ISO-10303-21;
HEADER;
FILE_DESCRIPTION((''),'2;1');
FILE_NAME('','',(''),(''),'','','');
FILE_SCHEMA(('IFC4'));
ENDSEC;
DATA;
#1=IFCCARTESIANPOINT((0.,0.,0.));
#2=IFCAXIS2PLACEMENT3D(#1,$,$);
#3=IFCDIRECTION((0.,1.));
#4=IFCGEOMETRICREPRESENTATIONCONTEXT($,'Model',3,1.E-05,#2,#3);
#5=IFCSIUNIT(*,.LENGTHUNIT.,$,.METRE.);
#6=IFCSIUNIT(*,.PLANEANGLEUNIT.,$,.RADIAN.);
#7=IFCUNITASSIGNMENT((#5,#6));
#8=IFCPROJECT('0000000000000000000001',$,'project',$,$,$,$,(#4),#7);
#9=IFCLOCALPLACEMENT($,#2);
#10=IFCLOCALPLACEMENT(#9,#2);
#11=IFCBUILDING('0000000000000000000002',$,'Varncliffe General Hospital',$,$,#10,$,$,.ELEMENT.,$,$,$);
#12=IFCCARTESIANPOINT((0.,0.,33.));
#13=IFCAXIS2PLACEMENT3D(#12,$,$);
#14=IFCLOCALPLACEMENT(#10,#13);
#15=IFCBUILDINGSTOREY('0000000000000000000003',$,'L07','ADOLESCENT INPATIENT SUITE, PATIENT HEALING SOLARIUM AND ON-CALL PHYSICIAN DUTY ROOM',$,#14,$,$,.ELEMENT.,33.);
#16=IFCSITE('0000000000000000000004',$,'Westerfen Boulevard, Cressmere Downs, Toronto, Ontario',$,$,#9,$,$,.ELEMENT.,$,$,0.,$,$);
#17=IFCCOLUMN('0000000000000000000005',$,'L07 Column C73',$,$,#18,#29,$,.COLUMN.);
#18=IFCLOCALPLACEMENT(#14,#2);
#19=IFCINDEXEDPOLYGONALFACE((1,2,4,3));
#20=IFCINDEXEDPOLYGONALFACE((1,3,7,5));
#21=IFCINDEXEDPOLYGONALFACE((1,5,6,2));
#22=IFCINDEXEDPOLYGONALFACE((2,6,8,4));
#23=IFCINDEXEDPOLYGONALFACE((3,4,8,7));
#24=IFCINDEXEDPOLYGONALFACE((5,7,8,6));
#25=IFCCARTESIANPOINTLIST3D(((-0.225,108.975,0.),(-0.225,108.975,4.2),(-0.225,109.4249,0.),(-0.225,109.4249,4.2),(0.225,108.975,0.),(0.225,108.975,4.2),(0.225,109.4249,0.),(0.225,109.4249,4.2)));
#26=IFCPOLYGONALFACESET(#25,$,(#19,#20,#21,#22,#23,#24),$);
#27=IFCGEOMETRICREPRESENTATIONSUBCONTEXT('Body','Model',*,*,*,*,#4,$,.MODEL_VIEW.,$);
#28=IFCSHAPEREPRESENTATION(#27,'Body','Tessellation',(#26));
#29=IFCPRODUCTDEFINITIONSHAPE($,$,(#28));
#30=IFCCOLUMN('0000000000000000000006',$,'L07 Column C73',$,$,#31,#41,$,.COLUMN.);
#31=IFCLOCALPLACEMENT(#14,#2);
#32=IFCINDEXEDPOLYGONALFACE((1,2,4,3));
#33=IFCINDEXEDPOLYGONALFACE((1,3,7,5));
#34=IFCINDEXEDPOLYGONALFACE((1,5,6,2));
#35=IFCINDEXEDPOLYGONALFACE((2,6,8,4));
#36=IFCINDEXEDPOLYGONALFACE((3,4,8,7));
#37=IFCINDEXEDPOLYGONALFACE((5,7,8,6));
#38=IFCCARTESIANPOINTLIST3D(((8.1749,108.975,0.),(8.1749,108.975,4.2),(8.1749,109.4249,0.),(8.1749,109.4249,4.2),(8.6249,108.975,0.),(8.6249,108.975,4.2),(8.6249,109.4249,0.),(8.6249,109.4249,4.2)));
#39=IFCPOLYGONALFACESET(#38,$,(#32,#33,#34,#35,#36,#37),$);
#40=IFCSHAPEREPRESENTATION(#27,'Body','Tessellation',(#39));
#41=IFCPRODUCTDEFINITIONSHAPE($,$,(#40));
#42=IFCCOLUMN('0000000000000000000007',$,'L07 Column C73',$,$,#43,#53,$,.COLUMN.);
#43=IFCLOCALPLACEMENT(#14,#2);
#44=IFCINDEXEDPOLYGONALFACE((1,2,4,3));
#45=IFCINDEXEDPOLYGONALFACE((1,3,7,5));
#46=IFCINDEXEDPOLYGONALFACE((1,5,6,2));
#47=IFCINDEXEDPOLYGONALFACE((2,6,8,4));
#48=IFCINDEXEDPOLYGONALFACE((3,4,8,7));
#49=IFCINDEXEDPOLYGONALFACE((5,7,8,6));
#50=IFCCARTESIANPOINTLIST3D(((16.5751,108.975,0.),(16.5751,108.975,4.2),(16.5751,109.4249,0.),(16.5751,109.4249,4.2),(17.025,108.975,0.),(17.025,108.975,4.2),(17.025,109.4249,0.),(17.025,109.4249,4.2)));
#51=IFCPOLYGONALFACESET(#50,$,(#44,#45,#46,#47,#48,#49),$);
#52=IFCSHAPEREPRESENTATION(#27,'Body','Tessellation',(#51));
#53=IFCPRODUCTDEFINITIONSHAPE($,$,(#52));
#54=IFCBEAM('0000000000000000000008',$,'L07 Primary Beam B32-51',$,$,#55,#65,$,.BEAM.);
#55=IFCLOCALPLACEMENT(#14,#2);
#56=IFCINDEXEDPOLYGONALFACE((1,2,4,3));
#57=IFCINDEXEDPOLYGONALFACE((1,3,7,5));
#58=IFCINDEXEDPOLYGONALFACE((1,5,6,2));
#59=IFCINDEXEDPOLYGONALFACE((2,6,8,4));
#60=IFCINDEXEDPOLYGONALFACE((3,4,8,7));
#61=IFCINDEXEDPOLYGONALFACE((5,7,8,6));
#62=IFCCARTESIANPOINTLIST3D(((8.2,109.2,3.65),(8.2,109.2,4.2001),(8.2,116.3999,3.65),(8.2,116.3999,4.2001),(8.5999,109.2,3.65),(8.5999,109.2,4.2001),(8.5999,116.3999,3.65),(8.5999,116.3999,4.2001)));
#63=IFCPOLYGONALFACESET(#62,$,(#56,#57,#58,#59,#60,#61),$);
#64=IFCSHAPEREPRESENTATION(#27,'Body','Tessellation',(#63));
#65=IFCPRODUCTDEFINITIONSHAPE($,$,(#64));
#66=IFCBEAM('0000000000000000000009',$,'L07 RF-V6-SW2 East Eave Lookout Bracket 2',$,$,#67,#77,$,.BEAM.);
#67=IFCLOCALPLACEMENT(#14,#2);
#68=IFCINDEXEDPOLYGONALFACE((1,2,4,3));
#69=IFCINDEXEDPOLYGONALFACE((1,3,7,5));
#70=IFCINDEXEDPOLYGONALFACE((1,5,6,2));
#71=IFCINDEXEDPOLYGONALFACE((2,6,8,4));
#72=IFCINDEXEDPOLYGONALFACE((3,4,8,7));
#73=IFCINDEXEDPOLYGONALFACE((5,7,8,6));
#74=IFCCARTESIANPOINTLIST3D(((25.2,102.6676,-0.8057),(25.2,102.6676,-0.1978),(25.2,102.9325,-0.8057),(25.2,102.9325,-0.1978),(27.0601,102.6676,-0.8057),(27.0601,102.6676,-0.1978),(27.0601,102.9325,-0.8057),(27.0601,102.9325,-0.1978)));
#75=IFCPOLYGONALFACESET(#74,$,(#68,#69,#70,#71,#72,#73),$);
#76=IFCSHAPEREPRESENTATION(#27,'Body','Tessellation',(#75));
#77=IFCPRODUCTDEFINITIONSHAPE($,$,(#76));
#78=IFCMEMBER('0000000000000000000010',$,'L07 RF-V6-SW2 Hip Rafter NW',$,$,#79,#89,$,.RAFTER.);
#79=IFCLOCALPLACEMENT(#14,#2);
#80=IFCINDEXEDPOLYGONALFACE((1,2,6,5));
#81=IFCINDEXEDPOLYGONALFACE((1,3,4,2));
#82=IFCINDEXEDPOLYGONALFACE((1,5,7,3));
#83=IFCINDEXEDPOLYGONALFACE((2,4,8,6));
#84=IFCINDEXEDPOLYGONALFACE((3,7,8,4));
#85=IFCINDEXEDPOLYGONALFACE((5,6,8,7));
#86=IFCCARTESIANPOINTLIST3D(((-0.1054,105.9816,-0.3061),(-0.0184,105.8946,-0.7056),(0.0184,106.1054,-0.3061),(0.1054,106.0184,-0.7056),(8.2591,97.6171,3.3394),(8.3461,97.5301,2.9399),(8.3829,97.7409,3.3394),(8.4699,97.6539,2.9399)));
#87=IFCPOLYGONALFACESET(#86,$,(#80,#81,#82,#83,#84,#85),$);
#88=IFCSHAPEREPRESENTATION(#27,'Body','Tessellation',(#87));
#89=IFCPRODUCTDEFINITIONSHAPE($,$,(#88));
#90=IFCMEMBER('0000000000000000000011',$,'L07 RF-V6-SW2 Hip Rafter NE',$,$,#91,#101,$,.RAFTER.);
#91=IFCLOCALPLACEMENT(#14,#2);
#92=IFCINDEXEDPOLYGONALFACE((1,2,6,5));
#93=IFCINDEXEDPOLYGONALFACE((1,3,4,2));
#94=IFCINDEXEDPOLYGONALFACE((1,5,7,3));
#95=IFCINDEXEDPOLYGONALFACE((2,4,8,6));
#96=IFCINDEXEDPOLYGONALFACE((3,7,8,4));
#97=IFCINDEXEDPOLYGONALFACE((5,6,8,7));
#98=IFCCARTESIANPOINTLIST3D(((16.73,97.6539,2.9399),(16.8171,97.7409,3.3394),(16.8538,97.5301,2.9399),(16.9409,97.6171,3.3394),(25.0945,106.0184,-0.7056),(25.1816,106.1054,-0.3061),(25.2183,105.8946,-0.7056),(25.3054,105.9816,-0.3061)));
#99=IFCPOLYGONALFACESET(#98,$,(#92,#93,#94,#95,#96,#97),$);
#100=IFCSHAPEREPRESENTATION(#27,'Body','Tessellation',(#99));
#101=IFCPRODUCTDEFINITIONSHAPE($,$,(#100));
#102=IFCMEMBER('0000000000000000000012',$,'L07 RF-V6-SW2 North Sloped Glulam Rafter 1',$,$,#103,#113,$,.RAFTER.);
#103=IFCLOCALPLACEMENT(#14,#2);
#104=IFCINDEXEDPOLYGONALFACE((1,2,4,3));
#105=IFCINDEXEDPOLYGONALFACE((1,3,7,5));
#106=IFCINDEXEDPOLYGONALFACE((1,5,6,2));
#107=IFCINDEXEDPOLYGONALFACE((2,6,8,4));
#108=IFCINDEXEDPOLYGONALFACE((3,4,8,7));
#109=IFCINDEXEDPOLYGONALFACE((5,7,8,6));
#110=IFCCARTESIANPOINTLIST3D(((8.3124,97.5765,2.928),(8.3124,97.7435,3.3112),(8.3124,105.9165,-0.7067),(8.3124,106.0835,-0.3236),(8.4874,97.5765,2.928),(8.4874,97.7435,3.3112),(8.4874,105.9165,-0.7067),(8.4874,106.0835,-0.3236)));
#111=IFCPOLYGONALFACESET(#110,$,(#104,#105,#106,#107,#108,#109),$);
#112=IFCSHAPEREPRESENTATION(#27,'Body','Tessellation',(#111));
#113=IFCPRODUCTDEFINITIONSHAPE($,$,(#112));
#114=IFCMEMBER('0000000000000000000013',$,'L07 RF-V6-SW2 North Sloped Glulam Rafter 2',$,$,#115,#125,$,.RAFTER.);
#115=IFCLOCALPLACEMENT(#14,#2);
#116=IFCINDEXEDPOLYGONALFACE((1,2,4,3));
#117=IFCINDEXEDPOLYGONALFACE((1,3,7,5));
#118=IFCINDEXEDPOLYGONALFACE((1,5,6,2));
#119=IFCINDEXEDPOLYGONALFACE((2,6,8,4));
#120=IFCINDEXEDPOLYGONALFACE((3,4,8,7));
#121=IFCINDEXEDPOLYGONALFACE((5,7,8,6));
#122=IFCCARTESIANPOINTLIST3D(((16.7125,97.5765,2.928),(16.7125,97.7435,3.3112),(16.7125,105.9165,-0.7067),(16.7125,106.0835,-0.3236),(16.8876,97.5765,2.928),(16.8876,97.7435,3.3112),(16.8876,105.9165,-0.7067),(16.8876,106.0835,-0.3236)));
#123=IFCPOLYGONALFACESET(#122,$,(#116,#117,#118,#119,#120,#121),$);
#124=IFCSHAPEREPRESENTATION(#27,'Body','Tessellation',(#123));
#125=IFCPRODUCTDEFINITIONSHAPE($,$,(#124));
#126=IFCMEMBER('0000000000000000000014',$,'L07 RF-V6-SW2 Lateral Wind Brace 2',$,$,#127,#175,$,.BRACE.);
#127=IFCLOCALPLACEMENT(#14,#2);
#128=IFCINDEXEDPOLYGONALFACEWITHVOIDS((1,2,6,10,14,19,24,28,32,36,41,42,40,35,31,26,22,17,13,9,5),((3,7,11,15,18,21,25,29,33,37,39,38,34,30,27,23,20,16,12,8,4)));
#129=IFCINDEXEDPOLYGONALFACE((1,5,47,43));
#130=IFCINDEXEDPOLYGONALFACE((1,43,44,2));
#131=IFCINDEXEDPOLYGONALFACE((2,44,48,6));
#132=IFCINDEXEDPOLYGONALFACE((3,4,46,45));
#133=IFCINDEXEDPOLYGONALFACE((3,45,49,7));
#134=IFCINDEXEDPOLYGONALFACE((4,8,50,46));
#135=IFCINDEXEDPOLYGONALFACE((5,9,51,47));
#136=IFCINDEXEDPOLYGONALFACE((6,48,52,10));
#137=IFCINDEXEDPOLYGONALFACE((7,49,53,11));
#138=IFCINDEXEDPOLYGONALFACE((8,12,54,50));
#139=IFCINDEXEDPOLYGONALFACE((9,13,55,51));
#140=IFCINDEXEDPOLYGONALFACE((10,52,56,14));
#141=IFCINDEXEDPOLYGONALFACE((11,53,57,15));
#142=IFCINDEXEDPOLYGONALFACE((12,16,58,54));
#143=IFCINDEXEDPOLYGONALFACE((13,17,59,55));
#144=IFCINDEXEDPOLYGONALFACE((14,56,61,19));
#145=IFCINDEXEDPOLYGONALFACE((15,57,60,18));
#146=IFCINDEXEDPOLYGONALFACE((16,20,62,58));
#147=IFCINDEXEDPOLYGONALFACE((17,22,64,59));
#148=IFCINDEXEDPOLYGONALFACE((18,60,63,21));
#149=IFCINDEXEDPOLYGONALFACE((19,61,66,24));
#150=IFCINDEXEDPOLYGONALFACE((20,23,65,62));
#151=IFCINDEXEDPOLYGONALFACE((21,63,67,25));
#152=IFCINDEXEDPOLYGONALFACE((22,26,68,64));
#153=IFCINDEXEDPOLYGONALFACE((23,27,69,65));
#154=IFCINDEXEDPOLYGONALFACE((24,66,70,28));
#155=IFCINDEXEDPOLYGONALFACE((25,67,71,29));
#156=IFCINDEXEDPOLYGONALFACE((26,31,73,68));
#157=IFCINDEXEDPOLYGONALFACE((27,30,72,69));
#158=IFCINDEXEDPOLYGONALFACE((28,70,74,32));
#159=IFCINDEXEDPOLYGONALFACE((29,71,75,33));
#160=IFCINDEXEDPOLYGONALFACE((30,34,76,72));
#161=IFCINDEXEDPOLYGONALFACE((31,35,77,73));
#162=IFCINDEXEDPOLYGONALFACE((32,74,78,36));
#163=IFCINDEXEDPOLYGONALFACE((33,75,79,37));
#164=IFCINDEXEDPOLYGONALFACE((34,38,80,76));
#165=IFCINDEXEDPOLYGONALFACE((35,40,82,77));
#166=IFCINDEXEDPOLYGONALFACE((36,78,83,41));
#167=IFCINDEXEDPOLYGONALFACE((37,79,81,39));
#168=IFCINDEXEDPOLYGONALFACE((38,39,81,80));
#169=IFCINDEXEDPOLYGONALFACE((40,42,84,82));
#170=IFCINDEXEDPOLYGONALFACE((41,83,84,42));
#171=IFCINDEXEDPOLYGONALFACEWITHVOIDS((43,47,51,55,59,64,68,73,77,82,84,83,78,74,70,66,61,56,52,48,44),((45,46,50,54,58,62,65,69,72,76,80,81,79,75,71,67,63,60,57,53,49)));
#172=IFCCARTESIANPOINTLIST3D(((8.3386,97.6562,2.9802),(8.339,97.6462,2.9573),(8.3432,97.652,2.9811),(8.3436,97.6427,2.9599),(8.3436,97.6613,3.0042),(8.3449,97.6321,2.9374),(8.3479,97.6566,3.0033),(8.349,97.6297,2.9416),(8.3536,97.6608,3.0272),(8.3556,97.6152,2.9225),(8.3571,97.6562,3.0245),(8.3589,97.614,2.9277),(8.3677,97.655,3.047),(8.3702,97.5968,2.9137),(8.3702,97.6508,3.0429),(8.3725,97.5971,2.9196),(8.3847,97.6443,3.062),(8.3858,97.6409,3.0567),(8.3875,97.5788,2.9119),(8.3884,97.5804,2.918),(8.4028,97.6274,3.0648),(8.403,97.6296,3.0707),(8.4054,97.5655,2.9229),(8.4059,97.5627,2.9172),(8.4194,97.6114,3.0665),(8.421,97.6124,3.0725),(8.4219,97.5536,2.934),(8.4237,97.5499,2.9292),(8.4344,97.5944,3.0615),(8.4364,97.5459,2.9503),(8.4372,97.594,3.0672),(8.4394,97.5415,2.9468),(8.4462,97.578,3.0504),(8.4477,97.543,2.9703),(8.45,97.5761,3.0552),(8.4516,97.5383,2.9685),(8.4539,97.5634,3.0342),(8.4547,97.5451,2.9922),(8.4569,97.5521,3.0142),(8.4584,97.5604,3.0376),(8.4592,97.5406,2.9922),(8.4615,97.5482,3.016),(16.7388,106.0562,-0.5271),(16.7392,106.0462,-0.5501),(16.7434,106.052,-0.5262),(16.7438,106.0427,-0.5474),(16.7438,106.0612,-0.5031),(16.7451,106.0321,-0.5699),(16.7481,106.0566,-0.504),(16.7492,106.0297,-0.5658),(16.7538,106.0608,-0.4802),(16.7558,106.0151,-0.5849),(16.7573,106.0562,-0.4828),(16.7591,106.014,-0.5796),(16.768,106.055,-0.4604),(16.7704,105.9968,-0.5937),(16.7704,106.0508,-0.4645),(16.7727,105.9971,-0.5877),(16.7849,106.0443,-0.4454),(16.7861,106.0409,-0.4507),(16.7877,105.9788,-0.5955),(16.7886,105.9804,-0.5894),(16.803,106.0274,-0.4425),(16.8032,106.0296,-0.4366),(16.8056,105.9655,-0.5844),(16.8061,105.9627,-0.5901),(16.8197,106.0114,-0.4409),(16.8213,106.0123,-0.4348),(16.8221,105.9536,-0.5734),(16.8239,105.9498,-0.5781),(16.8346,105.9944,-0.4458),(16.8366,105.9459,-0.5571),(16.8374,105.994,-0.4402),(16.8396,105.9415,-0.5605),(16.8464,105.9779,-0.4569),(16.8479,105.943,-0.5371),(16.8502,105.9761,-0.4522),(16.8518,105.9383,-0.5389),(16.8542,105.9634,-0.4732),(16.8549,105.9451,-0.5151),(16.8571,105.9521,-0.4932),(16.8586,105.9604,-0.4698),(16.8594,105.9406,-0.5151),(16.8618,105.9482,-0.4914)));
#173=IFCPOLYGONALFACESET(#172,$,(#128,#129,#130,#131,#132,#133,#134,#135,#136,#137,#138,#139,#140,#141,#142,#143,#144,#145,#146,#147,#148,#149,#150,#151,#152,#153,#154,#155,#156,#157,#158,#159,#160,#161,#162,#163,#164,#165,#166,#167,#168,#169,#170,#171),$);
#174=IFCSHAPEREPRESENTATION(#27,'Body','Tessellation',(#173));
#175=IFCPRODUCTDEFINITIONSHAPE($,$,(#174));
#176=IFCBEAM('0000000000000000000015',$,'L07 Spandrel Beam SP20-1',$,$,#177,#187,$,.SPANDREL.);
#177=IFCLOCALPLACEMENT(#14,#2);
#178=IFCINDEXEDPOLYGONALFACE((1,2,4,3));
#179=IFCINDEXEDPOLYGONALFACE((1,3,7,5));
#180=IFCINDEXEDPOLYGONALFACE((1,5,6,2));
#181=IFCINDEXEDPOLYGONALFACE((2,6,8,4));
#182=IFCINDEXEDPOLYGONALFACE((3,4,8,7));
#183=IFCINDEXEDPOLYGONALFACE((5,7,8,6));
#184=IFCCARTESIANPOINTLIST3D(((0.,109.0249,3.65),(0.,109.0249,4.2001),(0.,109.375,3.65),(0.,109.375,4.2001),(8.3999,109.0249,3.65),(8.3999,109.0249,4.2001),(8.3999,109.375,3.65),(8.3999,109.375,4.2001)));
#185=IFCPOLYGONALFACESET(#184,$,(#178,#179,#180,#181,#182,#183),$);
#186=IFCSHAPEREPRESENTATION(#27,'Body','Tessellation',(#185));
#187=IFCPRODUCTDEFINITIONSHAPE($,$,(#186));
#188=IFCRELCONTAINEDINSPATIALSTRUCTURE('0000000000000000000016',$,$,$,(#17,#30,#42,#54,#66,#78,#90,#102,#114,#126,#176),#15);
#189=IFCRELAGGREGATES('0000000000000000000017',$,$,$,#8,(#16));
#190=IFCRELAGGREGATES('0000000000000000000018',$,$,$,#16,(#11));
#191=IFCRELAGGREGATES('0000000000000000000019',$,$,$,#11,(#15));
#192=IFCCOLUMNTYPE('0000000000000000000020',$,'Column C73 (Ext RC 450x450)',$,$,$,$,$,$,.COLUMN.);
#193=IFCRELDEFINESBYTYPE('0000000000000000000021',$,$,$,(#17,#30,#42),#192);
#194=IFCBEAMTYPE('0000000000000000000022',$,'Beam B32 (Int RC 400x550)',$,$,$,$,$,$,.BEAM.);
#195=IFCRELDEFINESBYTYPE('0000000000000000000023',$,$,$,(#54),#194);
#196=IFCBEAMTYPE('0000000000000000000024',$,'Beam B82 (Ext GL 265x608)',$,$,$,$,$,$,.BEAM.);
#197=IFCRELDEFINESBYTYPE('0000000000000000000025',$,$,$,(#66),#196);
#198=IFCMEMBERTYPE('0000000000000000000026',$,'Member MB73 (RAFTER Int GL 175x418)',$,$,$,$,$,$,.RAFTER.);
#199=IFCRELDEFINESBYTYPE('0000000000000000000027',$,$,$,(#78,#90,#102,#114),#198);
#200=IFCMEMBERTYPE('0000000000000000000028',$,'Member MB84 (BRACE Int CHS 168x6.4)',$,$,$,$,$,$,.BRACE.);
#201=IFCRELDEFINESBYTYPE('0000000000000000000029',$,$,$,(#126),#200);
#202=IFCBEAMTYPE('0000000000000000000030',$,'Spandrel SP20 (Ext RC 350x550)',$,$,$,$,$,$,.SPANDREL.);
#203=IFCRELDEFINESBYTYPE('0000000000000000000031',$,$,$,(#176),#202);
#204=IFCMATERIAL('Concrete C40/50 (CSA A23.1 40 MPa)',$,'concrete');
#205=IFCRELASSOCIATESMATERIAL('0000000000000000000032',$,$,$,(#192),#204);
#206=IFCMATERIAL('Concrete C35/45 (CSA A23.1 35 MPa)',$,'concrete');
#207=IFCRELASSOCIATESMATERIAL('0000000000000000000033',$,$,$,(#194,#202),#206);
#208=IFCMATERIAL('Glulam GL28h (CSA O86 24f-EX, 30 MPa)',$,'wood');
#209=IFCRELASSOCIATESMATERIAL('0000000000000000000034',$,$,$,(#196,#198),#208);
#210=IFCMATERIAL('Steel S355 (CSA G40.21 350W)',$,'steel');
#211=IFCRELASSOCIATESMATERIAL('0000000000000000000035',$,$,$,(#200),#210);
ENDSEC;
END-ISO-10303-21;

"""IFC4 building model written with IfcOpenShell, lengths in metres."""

from ifc_helpers import new_model, si_unit, direction, frame, origin, origin_2d, place, context, subcontext, project, spatial, rectangle, hollow_circle, extrude, material, material_profile, profile_set, type_object, element, save


model = new_model("IFC4")

# Units and contexts
model_context = context("Model", 3, precision=1e-05, world=origin(), true_north=direction((0.0, 1.0)))
body_context = subcontext(model_context, "Body", "Model", "MODEL_VIEW")
ifc_project = project(units=[si_unit("LENGTHUNIT", "METRE"), si_unit("PLANEANGLEUNIT", "RADIAN")], contexts=[model_context])

# Site, building, storey
site_placement = place(None, origin())
site = spatial("IfcSite", under=ifc_project, at=site_placement, Name="Westerfen Boulevard, Cressmere Downs, Toronto, Ontario", CompositionType="ELEMENT", RefElevation=0.0)
building_placement = place(site_placement, origin())
building = spatial("IfcBuilding", under=site, at=building_placement, Name="Varncliffe General Hospital", CompositionType="ELEMENT")
storey_placement = place(building_placement, frame((0.0, 0.0, 33.0)))
storey = spatial("IfcBuildingStorey", under=building, at=storey_placement, Name="L07", Description="ADOLESCENT INPATIENT SUITE, PATIENT HEALING SOLARIUM AND ON-CALL PHYSICIAN DUTY ROOM", CompositionType="ELEMENT", Elevation=33.0)

# Columns
ifc_material_1 = material(Name="Concrete C40/50 (CSA A23.1 40 MPa)", Category="concrete")
ifc_material_profile_1 = material_profile(ifc_material_1, rectangle(XDim=0.45, YDim=0.45, at=origin_2d()), Name="RC 450x450")
ifc_profile_set_1 = profile_set([ifc_material_profile_1], Name="Concrete C40/50 (CSA A23.1 40 MPa)")
column_type = type_object("IfcColumnType", Name="Column C73 (Ext RC 450x450)", PredefinedType="COLUMN", material=ifc_profile_set_1)
for number, where, z_axis, x_axis, name in (
    (1, (0.0, 109.2, 0.0), (0.0, 0.0, 1.0), (1.0, 0.0, 0.0), "L07 Column C73"),
    (2, (8.3999, 109.2, 0.0), (0.0, 0.0, 1.0), (1.0, 0.0, 0.0), "L07 Column C73"),
    (3, (16.8, 109.2, 0.0), (0.0, 0.0, 1.0), (1.0, 0.0, 0.0), "L07 Column C73"),
):
    element("IfcColumn", number, at=place(storey_placement, frame(where, z_axis=z_axis, x_axis=x_axis)), inside=storey, type_object=column_type, Name=name, PredefinedType="COLUMN", context=body_context, shape_type="SweptSolid", body=[
        extrude(rectangle(XDim=0.45, YDim=0.45, at=origin_2d()), origin(), (0.0, 0.0, 1.0), 4.2),
    ])

# Beams
ifc_material_2 = material(Name="Concrete C35/45 (CSA A23.1 35 MPa)", Category="concrete")
ifc_material_profile_2 = material_profile(ifc_material_2, rectangle(XDim=0.3999, YDim=0.55, at=origin_2d()), Name="RC 400x550")
ifc_profile_set_2 = profile_set([ifc_material_profile_2], Name="Concrete C35/45 (CSA A23.1 35 MPa)")
beam_type_1 = type_object("IfcBeamType", Name="Beam B32 (Int RC 400x550)", PredefinedType="BEAM", material=ifc_profile_set_2)
beam_1_placement = place(storey_placement, frame((8.3999, 109.2, 3.925), z_axis=(0.0, 1.0, 0.0), x_axis=(-1.0, 0.0, 0.0)))
element("IfcBeam", 4, at=beam_1_placement, inside=storey, type_object=beam_type_1, Name="L07 Primary Beam B32-51", PredefinedType="BEAM", context=body_context, shape_type="SweptSolid", body=[
    extrude(rectangle(XDim=0.3999, YDim=0.55, at=origin_2d()), origin(), (0.0, 0.0, 1.0), 7.2),
])
ifc_material_3 = material(Name="Glulam GL28h (CSA O86 24f-EX, 30 MPa)", Category="wood")
ifc_material_profile_3 = material_profile(ifc_material_3, rectangle(XDim=0.2649, YDim=0.6079, at=origin_2d()), Name="GL 265x608")
ifc_profile_set_3 = profile_set([ifc_material_profile_3], Name="Glulam GL28h (CSA O86 24f-EX, 30 MPa)")
beam_type_2 = type_object("IfcBeamType", Name="Beam B82 (Ext GL 265x608)", PredefinedType="BEAM", material=ifc_profile_set_3)
beam_2_placement = place(storey_placement, frame((25.2, 102.8, -0.5017), z_axis=(1.0, 0.0, 0.0), x_axis=(0.0, 1.0, 0.0)))
element("IfcBeam", 5, at=beam_2_placement, inside=storey, type_object=beam_type_2, Name="L07 RF-V6-SW2 East Eave Lookout Bracket 2", PredefinedType="BEAM", context=body_context, shape_type="SweptSolid", body=[
    extrude(rectangle(XDim=0.2649, YDim=0.6079, at=origin_2d()), origin(), (0.0, 0.0, 1.0), 1.8601),
])

# Members
ifc_material_profile_4 = material_profile(ifc_material_3, rectangle(XDim=0.175, YDim=0.418, at=origin_2d()), Name="GL 175x418")
ifc_profile_set_4 = profile_set([ifc_material_profile_4], Name="Glulam GL28h (CSA O86 24f-EX, 30 MPa)")
member_type_1 = type_object("IfcMemberType", Name="Member MB73 (RAFTER Int GL 175x418)", PredefinedType="RAFTER", material=ifc_profile_set_4)
for number, where, z_axis, x_axis, name in (
    (6, (0.0, 106.0, -0.5059), (0.675745, -0.675745, 0.294511), (0.707107, 0.707107, 0.0), "L07 RF-V6-SW2 Hip Rafter NW"),
    (7, (25.2, 106.0, -0.5059), (-0.675745, -0.675745, 0.294511), (0.707107, -0.707107, 0.0), "L07 RF-V6-SW2 Hip Rafter NE"),
):
    element("IfcMember", number, at=place(storey_placement, frame(where, z_axis=z_axis, x_axis=x_axis)), inside=storey, type_object=member_type_1, Name=name, PredefinedType="RAFTER", context=body_context, shape_type="SweptSolid", body=[
        extrude(rectangle(XDim=0.175, YDim=0.418, at=origin_2d()), origin(), (0.0, 0.0, 1.0), 12.3782),
    ])
for number, where, z_axis, x_axis, name in (
    (8, (8.3999, 106.0, -0.5151), (0.0, -0.916722, 0.399525), (1.0, 0.0, 0.0), "L07 RF-V6-SW2 North Sloped Glulam Rafter 1"),
    (9, (16.8, 106.0, -0.5151), (0.0, -0.916722, 0.399525), (1.0, 0.0, 0.0), "L07 RF-V6-SW2 North Sloped Glulam Rafter 2"),
):
    element("IfcMember", number, at=place(storey_placement, frame(where, z_axis=z_axis, x_axis=x_axis)), inside=storey, type_object=member_type_1, Name=name, PredefinedType="RAFTER", context=body_context, shape_type="SweptSolid", body=[
        extrude(rectangle(XDim=0.175, YDim=0.418, at=origin_2d()), origin(), (0.0, 0.0, 1.0), 9.0977),
    ])
ifc_material_4 = material(Name="Steel S355 (CSA G40.21 350W)", Category="steel")
ifc_material_profile_5 = material_profile(ifc_material_4, hollow_circle(Radius=0.084, WallThickness=0.0063, at=origin_2d()), Name="CHS 168x6.4")
ifc_profile_set_5 = profile_set([ifc_material_profile_5], Name="Steel S355 (CSA G40.21 350W)")
member_type_2 = type_object("IfcMemberType", Name="Member MB84 (BRACE Int CHS 168x6.4)", PredefinedType="BRACE", material=ifc_profile_set_5)
member_placement = place(storey_placement, frame((16.8, 106.0, -0.5151), z_axis=(-0.678177, -0.678157, 0.28316), x_axis=(0.707097, -0.707117, 0.0)))
element("IfcMember", 10, at=member_placement, inside=storey, type_object=member_type_2, Name="L07 RF-V6-SW2 Lateral Wind Brace 2", PredefinedType="BRACE", context=body_context, shape_type="SweptSolid", body=[
    extrude(hollow_circle(Radius=0.084, WallThickness=0.0063, at=origin_2d()), origin(), (0.0, 0.0, 1.0), 12.3865),
])

# Beam
ifc_material_profile_6 = material_profile(ifc_material_2, rectangle(XDim=0.3501, YDim=0.55, at=origin_2d()), Name="RC 350x550")
ifc_profile_set_6 = profile_set([ifc_material_profile_6], Name="Concrete C35/45 (CSA A23.1 35 MPa)")
beam_type_3 = type_object("IfcBeamType", Name="Spandrel SP20 (Ext RC 350x550)", PredefinedType="SPANDREL", material=ifc_profile_set_6)
beam_3_placement = place(storey_placement, frame((0.0, 109.2, 3.925), z_axis=(1.0, 0.0, 0.0), x_axis=(0.0, 1.0, 0.0)))
element("IfcBeam", 11, at=beam_3_placement, inside=storey, type_object=beam_type_3, Name="L07 Spandrel Beam SP20-1", PredefinedType="SPANDREL", context=body_context, shape_type="SweptSolid", body=[
    extrude(rectangle(XDim=0.3501, YDim=0.55, at=origin_2d()), origin(), (0.0, 0.0, 1.0), 8.3999),
])

save(model, "model.ifc")
